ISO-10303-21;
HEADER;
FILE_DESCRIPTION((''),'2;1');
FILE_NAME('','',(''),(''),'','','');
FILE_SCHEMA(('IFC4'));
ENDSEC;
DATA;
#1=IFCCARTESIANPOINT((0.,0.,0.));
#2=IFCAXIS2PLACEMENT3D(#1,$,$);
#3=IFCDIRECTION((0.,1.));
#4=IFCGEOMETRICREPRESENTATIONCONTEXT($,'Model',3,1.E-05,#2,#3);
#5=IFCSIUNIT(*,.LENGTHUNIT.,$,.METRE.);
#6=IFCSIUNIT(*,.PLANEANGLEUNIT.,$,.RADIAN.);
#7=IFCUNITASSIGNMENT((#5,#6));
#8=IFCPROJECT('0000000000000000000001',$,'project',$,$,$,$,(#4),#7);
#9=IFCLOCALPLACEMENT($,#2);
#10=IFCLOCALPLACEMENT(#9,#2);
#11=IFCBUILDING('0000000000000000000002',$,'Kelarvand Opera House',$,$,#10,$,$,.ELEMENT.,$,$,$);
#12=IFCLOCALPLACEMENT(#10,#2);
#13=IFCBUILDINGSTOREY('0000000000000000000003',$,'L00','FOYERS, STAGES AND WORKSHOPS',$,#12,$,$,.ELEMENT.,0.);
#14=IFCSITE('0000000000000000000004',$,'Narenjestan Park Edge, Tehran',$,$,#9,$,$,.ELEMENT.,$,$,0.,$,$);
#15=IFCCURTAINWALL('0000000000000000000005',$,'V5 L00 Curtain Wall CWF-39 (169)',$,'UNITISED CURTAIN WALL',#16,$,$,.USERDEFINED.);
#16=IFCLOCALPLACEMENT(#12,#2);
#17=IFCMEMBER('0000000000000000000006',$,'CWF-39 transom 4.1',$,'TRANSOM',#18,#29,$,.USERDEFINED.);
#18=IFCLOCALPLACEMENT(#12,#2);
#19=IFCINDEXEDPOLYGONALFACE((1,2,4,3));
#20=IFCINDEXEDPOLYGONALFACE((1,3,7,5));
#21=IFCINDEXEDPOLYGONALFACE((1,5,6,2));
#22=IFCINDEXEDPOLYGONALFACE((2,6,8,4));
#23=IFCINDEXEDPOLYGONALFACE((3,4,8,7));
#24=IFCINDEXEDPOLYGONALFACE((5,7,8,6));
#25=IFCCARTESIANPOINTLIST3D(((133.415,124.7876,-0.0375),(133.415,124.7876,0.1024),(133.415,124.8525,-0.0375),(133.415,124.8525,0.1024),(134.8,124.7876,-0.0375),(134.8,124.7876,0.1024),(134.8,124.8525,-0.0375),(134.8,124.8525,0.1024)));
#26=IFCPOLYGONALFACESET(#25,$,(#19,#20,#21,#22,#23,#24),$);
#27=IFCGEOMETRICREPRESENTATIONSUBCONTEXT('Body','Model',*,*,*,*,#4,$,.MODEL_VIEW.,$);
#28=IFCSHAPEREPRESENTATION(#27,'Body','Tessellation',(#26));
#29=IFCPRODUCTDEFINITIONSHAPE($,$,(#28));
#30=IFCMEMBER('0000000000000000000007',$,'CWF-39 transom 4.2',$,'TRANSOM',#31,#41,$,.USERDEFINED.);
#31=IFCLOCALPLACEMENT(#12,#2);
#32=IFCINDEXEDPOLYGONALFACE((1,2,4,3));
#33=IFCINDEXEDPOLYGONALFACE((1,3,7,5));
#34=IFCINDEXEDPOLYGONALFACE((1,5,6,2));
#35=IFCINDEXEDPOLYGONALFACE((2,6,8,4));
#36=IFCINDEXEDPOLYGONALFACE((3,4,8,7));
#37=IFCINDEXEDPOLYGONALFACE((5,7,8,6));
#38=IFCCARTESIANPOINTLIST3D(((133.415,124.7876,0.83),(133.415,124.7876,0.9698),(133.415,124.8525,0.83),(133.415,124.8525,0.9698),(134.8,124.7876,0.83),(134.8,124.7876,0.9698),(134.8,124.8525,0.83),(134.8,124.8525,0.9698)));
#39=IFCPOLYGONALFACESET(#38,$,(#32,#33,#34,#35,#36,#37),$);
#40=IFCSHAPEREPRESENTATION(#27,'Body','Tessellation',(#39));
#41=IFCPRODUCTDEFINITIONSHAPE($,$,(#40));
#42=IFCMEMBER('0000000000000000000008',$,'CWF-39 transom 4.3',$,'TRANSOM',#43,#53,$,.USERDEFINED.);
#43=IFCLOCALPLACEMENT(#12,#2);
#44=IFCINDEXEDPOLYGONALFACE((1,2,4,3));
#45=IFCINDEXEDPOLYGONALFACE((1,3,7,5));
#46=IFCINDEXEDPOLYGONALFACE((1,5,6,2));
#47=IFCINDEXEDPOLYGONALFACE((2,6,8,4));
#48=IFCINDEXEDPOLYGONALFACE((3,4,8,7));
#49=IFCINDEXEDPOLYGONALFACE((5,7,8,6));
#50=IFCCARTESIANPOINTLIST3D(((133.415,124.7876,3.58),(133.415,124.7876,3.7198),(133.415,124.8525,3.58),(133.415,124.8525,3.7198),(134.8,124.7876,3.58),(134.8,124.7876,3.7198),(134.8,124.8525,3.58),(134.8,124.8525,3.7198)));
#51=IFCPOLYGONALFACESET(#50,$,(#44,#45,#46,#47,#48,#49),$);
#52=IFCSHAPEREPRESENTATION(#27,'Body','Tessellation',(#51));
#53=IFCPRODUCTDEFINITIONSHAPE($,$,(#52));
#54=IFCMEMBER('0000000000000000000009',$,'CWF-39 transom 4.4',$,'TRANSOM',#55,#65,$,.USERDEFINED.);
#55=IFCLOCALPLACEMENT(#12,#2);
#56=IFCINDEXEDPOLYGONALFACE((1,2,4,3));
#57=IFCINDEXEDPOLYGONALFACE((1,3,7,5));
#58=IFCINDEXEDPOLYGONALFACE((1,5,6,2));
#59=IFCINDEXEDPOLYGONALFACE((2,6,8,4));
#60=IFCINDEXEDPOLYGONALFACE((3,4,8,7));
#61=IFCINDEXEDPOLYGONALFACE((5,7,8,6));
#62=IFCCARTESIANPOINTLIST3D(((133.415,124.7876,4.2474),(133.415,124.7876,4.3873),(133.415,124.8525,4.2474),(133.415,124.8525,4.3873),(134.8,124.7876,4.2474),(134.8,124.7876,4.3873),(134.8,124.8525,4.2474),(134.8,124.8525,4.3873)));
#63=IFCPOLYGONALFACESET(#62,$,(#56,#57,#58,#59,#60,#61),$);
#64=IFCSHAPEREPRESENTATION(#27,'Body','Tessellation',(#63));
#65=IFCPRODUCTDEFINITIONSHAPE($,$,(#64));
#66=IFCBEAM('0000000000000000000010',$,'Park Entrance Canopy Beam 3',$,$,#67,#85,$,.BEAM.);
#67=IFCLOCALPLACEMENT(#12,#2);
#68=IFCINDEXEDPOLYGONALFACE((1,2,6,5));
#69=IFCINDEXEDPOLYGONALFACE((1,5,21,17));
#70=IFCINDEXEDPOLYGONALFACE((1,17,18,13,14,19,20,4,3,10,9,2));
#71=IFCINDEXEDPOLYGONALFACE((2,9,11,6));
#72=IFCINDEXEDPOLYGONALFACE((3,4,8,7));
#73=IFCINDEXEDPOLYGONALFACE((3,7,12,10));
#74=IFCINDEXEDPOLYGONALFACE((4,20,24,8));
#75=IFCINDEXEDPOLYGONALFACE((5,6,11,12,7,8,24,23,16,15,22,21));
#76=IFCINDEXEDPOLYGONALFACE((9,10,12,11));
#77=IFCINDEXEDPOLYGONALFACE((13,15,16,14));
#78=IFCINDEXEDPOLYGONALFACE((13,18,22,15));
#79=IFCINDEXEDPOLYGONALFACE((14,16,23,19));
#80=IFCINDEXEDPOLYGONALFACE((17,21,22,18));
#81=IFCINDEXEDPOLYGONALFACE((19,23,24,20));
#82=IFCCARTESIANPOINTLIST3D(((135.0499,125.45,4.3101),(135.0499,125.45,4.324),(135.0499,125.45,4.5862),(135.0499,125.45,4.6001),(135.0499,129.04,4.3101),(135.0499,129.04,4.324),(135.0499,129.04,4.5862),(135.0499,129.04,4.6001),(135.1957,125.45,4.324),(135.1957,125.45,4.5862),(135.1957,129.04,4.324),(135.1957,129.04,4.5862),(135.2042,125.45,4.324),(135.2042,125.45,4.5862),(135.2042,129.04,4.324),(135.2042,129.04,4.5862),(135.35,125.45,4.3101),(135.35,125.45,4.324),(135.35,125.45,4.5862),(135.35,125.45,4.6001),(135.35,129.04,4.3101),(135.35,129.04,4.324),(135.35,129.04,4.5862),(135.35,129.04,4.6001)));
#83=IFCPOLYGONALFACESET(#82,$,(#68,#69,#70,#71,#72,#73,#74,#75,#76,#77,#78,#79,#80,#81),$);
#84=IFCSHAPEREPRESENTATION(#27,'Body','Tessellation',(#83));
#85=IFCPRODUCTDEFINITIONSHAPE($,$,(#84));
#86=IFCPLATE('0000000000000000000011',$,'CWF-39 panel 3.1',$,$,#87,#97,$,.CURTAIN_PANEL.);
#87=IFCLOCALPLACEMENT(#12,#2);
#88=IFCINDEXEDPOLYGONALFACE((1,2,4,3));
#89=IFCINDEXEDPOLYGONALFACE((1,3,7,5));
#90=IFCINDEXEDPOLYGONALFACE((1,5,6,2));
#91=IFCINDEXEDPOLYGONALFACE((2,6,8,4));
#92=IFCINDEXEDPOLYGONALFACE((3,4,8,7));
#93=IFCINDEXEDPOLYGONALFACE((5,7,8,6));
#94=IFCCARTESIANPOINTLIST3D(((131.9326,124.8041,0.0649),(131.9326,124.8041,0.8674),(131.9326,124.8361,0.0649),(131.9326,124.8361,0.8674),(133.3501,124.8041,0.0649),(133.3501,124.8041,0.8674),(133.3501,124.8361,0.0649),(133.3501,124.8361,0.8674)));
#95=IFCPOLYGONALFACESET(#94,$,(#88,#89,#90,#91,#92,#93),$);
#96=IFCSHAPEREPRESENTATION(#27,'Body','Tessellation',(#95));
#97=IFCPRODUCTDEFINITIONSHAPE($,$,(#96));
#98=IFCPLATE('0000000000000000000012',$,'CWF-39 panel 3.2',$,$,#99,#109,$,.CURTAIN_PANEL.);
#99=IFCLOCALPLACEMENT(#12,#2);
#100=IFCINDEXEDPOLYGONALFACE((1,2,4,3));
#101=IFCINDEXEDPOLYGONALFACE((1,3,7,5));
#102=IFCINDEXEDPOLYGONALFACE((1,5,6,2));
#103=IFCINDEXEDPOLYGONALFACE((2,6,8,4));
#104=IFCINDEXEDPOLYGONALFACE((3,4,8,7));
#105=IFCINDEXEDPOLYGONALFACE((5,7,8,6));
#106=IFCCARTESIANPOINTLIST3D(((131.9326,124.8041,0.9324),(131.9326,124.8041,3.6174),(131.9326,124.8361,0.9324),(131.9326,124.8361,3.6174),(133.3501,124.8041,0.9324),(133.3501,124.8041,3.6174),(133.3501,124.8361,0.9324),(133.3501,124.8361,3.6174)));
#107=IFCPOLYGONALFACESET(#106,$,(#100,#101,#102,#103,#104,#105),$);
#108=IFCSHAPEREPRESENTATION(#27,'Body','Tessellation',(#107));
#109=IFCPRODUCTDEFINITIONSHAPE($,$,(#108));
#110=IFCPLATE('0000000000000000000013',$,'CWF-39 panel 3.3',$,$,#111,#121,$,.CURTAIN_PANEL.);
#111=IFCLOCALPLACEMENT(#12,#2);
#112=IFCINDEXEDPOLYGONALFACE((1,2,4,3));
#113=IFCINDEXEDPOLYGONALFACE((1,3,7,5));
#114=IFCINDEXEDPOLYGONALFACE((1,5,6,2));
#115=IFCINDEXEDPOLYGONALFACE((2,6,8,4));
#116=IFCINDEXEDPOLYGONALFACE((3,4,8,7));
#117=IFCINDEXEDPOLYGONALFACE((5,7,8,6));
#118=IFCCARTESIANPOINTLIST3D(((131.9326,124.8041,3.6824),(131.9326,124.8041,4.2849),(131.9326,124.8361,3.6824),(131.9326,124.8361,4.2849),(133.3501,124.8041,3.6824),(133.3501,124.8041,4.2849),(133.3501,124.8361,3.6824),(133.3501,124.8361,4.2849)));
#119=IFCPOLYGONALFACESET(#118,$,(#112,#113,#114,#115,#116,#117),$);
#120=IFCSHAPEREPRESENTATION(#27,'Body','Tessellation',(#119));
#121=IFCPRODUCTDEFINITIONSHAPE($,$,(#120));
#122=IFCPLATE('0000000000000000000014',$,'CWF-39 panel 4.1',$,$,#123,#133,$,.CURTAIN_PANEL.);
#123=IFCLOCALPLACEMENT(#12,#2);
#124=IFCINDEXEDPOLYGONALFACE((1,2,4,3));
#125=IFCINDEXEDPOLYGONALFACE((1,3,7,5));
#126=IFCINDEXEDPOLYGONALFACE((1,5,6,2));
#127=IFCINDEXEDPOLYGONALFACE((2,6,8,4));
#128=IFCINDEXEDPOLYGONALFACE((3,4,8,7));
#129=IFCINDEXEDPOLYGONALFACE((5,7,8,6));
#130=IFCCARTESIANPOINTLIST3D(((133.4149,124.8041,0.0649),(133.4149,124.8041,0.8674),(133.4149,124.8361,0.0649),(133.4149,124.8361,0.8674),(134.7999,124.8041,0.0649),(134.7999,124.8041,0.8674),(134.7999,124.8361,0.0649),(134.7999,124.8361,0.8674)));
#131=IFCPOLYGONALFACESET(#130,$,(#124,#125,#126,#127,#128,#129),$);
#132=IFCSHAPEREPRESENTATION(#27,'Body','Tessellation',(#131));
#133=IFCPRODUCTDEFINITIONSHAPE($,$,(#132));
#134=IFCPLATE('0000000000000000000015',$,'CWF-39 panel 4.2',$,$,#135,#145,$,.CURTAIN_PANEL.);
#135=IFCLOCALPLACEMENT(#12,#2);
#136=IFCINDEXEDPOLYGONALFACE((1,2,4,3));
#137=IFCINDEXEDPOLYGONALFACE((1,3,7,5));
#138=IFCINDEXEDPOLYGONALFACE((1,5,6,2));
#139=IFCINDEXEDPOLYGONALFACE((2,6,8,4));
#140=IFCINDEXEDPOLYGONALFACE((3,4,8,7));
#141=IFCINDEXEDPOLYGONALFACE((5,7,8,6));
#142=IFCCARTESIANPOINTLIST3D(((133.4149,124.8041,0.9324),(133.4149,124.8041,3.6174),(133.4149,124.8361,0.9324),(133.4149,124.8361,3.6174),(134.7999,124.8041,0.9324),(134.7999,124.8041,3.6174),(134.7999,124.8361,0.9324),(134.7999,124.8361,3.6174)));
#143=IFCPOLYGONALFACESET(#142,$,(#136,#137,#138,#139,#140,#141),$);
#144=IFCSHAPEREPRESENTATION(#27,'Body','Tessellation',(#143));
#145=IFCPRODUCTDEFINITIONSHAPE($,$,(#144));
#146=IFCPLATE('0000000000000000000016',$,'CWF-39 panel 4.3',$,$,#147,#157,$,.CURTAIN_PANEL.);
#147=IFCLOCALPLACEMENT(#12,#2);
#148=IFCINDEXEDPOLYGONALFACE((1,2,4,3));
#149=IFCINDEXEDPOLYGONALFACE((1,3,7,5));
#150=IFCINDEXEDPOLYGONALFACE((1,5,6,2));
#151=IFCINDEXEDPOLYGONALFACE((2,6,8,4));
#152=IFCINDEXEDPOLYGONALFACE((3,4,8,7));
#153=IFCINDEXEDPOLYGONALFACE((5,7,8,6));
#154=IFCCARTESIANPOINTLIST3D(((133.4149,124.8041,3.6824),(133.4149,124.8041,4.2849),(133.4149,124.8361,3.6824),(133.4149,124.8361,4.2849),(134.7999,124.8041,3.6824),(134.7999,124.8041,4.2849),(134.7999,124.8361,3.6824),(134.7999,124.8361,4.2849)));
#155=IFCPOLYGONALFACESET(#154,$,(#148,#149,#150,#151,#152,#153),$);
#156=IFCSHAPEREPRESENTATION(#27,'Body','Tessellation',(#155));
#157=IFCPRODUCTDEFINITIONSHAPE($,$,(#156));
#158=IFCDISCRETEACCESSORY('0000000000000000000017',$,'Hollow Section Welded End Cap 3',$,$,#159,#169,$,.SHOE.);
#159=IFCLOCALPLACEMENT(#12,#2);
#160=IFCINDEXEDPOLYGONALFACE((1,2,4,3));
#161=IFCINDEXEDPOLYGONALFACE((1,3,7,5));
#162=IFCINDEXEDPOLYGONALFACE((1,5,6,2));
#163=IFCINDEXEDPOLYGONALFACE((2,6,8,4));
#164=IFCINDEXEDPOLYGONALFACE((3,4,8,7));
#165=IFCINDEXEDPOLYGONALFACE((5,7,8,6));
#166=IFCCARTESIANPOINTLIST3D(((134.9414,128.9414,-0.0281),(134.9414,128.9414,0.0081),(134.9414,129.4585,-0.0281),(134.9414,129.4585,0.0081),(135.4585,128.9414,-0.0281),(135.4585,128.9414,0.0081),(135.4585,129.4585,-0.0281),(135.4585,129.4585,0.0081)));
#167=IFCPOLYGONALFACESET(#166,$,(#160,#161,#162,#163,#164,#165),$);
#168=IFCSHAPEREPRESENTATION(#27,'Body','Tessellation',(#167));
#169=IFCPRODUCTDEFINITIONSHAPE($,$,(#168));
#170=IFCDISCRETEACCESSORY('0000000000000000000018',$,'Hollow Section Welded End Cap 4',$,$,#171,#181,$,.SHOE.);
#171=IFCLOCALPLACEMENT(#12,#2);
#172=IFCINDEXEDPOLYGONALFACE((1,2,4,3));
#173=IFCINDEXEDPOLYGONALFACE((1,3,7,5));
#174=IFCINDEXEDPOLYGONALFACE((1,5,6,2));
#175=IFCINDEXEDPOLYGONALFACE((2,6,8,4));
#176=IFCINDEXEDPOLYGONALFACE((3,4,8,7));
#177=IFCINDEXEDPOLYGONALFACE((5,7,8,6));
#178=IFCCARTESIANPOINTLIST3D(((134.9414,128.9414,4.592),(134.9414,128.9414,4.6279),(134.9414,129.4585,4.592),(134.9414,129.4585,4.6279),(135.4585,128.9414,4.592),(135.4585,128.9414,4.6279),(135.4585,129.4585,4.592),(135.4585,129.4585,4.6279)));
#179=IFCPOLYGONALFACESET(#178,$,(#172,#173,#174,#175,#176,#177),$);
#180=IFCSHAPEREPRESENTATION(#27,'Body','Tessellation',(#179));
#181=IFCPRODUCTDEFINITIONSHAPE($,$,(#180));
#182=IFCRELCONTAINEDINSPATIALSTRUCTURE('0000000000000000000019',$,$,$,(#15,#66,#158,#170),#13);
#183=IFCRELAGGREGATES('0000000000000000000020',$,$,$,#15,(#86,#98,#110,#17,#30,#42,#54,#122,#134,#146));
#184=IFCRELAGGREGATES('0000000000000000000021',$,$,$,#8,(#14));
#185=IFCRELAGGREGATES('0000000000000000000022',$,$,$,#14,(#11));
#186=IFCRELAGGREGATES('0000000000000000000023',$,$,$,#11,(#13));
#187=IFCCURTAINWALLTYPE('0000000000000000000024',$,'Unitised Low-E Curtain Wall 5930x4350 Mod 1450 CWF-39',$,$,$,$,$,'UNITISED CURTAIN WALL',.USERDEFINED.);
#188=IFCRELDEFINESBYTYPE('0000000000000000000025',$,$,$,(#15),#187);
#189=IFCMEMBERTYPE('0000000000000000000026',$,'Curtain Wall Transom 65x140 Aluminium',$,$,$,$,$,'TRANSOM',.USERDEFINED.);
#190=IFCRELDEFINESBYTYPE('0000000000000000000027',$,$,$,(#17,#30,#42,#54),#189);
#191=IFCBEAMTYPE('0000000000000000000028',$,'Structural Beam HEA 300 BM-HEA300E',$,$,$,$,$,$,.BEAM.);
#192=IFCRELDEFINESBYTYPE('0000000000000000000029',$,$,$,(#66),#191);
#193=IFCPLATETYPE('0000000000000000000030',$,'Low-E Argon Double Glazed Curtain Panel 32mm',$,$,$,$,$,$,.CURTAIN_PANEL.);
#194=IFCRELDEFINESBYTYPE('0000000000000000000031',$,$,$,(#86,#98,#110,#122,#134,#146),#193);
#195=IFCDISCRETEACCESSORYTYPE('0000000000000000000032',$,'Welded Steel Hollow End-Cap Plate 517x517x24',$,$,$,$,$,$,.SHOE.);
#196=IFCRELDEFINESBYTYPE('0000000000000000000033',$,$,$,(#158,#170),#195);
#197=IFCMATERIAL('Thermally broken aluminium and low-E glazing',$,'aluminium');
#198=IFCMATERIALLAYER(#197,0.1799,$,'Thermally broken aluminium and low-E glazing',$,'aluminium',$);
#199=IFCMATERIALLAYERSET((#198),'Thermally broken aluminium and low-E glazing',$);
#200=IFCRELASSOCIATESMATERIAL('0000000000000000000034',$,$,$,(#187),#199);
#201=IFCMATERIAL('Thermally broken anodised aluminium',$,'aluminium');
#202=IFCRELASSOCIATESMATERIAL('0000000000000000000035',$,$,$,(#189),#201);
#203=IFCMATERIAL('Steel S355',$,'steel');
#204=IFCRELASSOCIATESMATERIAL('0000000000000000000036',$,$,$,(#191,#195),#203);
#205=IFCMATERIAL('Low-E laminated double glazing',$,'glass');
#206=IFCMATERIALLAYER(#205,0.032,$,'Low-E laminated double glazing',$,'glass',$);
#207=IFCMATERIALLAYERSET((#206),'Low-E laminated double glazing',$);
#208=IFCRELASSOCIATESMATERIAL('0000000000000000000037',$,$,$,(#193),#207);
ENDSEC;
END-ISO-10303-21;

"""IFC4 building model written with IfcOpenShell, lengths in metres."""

from ifc_helpers import new_model, si_unit, direction, frame, origin, origin_2d, place, context, subcontext, project, spatial, rectangle, i_section, extrude, material, layer, layer_set, material_profile, profile_set, type_object, element, aggregate, save


model = new_model("IFC4")

# Units and contexts
model_context = context("Model", 3, precision=1e-05, world=origin(), true_north=direction((0.0, 1.0)))
body_context = subcontext(model_context, "Body", "Model", "MODEL_VIEW")
ifc_project = project(units=[si_unit("LENGTHUNIT", "METRE"), si_unit("PLANEANGLEUNIT", "RADIAN")], contexts=[model_context])

# Site, building, storey
site_placement = place(None, origin())
site = spatial("IfcSite", under=ifc_project, at=site_placement, Name="Narenjestan Park Edge, Tehran", CompositionType="ELEMENT", RefElevation=0.0)
building_placement = place(site_placement, origin())
building = spatial("IfcBuilding", under=site, at=building_placement, Name="Kelarvand Opera House", CompositionType="ELEMENT")
storey_placement = place(building_placement, origin())
storey = spatial("IfcBuildingStorey", under=building, at=storey_placement, Name="L00", Description="FOYERS, STAGES AND WORKSHOPS", CompositionType="ELEMENT", Elevation=0.0)

# Shared definitions
ifc_material_1 = material(Name="Steel S355", Category="steel")

# Curtain wall, members
ifc_material_2 = material(Name="Thermally broken aluminium and low-E glazing", Category="aluminium")
ifc_layer_1 = layer(ifc_material_2, 0.1799, Name="Thermally broken aluminium and low-E glazing", Category="aluminium")
ifc_layer_set_1 = layer_set([ifc_layer_1], Name="Thermally broken aluminium and low-E glazing")
curtain_wall_type = type_object("IfcCurtainWallType", Name="Unitised Low-E Curtain Wall 5930x4350 Mod 1450 CWF-39", ElementType="UNITISED CURTAIN WALL", PredefinedType="USERDEFINED", material=ifc_layer_set_1)
curtain_wall_placement = place(storey_placement, origin())
curtain_wall = element("IfcCurtainWall", 1, at=curtain_wall_placement, inside=storey, type_object=curtain_wall_type, Name="V5 L00 Curtain Wall CWF-39 (169)", ObjectType="UNITISED CURTAIN WALL", PredefinedType="USERDEFINED")
ifc_material_3 = material(Name="Thermally broken anodised aluminium", Category="aluminium")
ifc_material_profile_1 = material_profile(ifc_material_3, rectangle(XDim=0.0649, YDim=0.1399, at=origin_2d()), Name="ALU TRANSOM 65x140", Category="aluminium")
ifc_profile_set_1 = profile_set([ifc_material_profile_1], Name="Thermally broken anodised aluminium")
member_type_1 = type_object("IfcMemberType", Name="Curtain Wall Transom 65x140 Aluminium", ElementType="TRANSOM", PredefinedType="USERDEFINED", material=ifc_profile_set_1)
member_1_placement = place(storey_placement, frame((133.415, 124.8201, 0.0325), z_axis=(1.0, 0.0, 0.0), x_axis=(0.0, 1.0, 0.0)))
member_1 = element("IfcMember", 2, at=member_1_placement, type_object=member_type_1, Name="CWF-39 transom 4.1", ObjectType="TRANSOM", PredefinedType="USERDEFINED", context=body_context, shape_type="SweptSolid", body=[
    extrude(rectangle(XDim=0.0649, YDim=0.1399, at=origin_2d()), origin(), (0.0, 0.0, 1.0), 1.385),
])
member_2_placement = place(storey_placement, frame((133.415, 124.8201, 0.8999), z_axis=(1.0, 0.0, 0.0), x_axis=(0.0, 1.0, 0.0)))
member_2 = element("IfcMember", 3, at=member_2_placement, type_object=member_type_1, Name="CWF-39 transom 4.2", ObjectType="TRANSOM", PredefinedType="USERDEFINED", context=body_context, shape_type="SweptSolid", body=[
    extrude(rectangle(XDim=0.0649, YDim=0.1399, at=origin_2d()), origin(), (0.0, 0.0, 1.0), 1.385),
])
member_3_placement = place(storey_placement, frame((133.415, 124.8201, 3.6499), z_axis=(1.0, 0.0, 0.0), x_axis=(0.0, 1.0, 0.0)))
member_3 = element("IfcMember", 4, at=member_3_placement, type_object=member_type_1, Name="CWF-39 transom 4.3", ObjectType="TRANSOM", PredefinedType="USERDEFINED", context=body_context, shape_type="SweptSolid", body=[
    extrude(rectangle(XDim=0.0649, YDim=0.1399, at=origin_2d()), origin(), (0.0, 0.0, 1.0), 1.385),
])
member_4_placement = place(storey_placement, frame((133.415, 124.8201, 4.3174), z_axis=(1.0, 0.0, 0.0), x_axis=(0.0, 1.0, 0.0)))
member_4 = element("IfcMember", 5, at=member_4_placement, type_object=member_type_1, Name="CWF-39 transom 4.4", ObjectType="TRANSOM", PredefinedType="USERDEFINED", context=body_context, shape_type="SweptSolid", body=[
    extrude(rectangle(XDim=0.0649, YDim=0.1399, at=origin_2d()), origin(), (0.0, 0.0, 1.0), 1.385),
])

# Beam
ifc_material_profile_2 = material_profile(ifc_material_1, i_section(OverallWidth=0.3, OverallDepth=0.29, WebThickness=0.0085, FlangeThickness=0.0139, at=origin_2d()), Name="HEA 300", Category="steel")
ifc_profile_set_2 = profile_set([ifc_material_profile_2], Name="Steel S355")
beam_type = type_object("IfcBeamType", Name="Structural Beam HEA 300 BM-HEA300E", PredefinedType="BEAM", material=ifc_profile_set_2)
beam_placement = place(storey_placement, frame((135.2, 125.45, 4.4551), z_axis=(0.0, 1.0, 0.0), x_axis=(-1.0, 0.0, 0.0)))
element("IfcBeam", 6, at=beam_placement, inside=storey, type_object=beam_type, Name="Park Entrance Canopy Beam 3", PredefinedType="BEAM", context=body_context, shape_type="SweptSolid", body=[
    extrude(i_section(OverallWidth=0.3, OverallDepth=0.29, WebThickness=0.0085, FlangeThickness=0.0139, at=origin_2d()), origin(), (0.0, 0.0, 1.0), 3.5901),
])

# Plates
ifc_material_4 = material(Name="Low-E laminated double glazing", Category="glass")
ifc_layer_2 = layer(ifc_material_4, 0.032, Name="Low-E laminated double glazing", Category="glass")
ifc_layer_set_2 = layer_set([ifc_layer_2], Name="Low-E laminated double glazing")
plate_type = type_object("IfcPlateType", Name="Low-E Argon Double Glazed Curtain Panel 32mm", PredefinedType="CURTAIN_PANEL", material=ifc_layer_set_2)
plate_1_placement = place(storey_placement, frame((132.6414, 124.8201, 0.0649), z_axis=(0.0, 0.0, 1.0), x_axis=(1.0, 0.0, 0.0)))
plate_1 = element("IfcPlate", 7, at=plate_1_placement, type_object=plate_type, Name="CWF-39 panel 3.1", PredefinedType="CURTAIN_PANEL", context=body_context, shape_type="SweptSolid", body=[
    extrude(rectangle(XDim=1.4175, YDim=0.032, at=origin_2d()), origin(), (0.0, 0.0, 1.0), 0.8025),
])
plate_2_placement = place(storey_placement, frame((132.6414, 124.8201, 0.9324), z_axis=(0.0, 0.0, 1.0), x_axis=(1.0, 0.0, 0.0)))
plate_2 = element("IfcPlate", 8, at=plate_2_placement, type_object=plate_type, Name="CWF-39 panel 3.2", PredefinedType="CURTAIN_PANEL", context=body_context, shape_type="SweptSolid", body=[
    extrude(rectangle(XDim=1.4175, YDim=0.032, at=origin_2d()), origin(), (0.0, 0.0, 1.0), 2.6851),
])
plate_3_placement = place(storey_placement, frame((132.6414, 124.8201, 3.6824), z_axis=(0.0, 0.0, 1.0), x_axis=(1.0, 0.0, 0.0)))
plate_3 = element("IfcPlate", 9, at=plate_3_placement, type_object=plate_type, Name="CWF-39 panel 3.3", PredefinedType="CURTAIN_PANEL", context=body_context, shape_type="SweptSolid", body=[
    extrude(rectangle(XDim=1.4175, YDim=0.032, at=origin_2d()), origin(), (0.0, 0.0, 1.0), 0.6025),
])
plate_4_placement = place(storey_placement, frame((134.1074, 124.8201, 0.0649), z_axis=(0.0, 0.0, 1.0), x_axis=(1.0, 0.0, 0.0)))
plate_4 = element("IfcPlate", 10, at=plate_4_placement, type_object=plate_type, Name="CWF-39 panel 4.1", PredefinedType="CURTAIN_PANEL", context=body_context, shape_type="SweptSolid", body=[
    extrude(rectangle(XDim=1.385, YDim=0.032, at=origin_2d()), origin(), (0.0, 0.0, 1.0), 0.8025),
])
plate_5_placement = place(storey_placement, frame((134.1074, 124.8201, 0.9324), z_axis=(0.0, 0.0, 1.0), x_axis=(1.0, 0.0, 0.0)))
plate_5 = element("IfcPlate", 11, at=plate_5_placement, type_object=plate_type, Name="CWF-39 panel 4.2", PredefinedType="CURTAIN_PANEL", context=body_context, shape_type="SweptSolid", body=[
    extrude(rectangle(XDim=1.385, YDim=0.032, at=origin_2d()), origin(), (0.0, 0.0, 1.0), 2.6851),
])
plate_6_placement = place(storey_placement, frame((134.1074, 124.8201, 3.6824), z_axis=(0.0, 0.0, 1.0), x_axis=(1.0, 0.0, 0.0)))
plate_6 = element("IfcPlate", 12, at=plate_6_placement, type_object=plate_type, Name="CWF-39 panel 4.3", PredefinedType="CURTAIN_PANEL", context=body_context, shape_type="SweptSolid", body=[
    extrude(rectangle(XDim=1.385, YDim=0.032, at=origin_2d()), origin(), (0.0, 0.0, 1.0), 0.6025),
])
aggregate(curtain_wall, [plate_1, plate_2, plate_3, member_1, member_2, member_3, member_4, plate_4, plate_5, plate_6])

# Discrete accessories
ifc_material_profile_3 = material_profile(ifc_material_1, rectangle(XDim=0.5171, YDim=0.5171, at=origin_2d()), Name="Welded Steel Hollow End-Cap Plate 517x517x24", Category="steel")
ifc_profile_set_3 = profile_set([ifc_material_profile_3], Name="Steel S355")
discrete_accessory_type = type_object("IfcDiscreteAccessoryType", Name="Welded Steel Hollow End-Cap Plate 517x517x24", PredefinedType="SHOE", material=ifc_profile_set_3)
discrete_accessory_1_placement = place(storey_placement, frame((135.2, 129.2, 0.0081), z_axis=(0.0, 0.0, -1.0), x_axis=(1.0, 0.0, 0.0)))
element("IfcDiscreteAccessory", 13, at=discrete_accessory_1_placement, inside=storey, type_object=discrete_accessory_type, Name="Hollow Section Welded End Cap 3", PredefinedType="SHOE", context=body_context, shape_type="SweptSolid", body=[
    extrude(rectangle(XDim=0.5171, YDim=0.5171, at=origin_2d()), origin(), (0.0, 0.0, 1.0), 0.0361),
])
discrete_accessory_2_placement = place(storey_placement, frame((135.2, 129.2, 4.592), z_axis=(0.0, 0.0, 1.0), x_axis=(1.0, 0.0, 0.0)))
element("IfcDiscreteAccessory", 14, at=discrete_accessory_2_placement, inside=storey, type_object=discrete_accessory_type, Name="Hollow Section Welded End Cap 4", PredefinedType="SHOE", context=body_context, shape_type="SweptSolid", body=[
    extrude(rectangle(XDim=0.5171, YDim=0.5171, at=origin_2d()), origin(), (0.0, 0.0, 1.0), 0.0359),
])

save(model, "model.ifc")
